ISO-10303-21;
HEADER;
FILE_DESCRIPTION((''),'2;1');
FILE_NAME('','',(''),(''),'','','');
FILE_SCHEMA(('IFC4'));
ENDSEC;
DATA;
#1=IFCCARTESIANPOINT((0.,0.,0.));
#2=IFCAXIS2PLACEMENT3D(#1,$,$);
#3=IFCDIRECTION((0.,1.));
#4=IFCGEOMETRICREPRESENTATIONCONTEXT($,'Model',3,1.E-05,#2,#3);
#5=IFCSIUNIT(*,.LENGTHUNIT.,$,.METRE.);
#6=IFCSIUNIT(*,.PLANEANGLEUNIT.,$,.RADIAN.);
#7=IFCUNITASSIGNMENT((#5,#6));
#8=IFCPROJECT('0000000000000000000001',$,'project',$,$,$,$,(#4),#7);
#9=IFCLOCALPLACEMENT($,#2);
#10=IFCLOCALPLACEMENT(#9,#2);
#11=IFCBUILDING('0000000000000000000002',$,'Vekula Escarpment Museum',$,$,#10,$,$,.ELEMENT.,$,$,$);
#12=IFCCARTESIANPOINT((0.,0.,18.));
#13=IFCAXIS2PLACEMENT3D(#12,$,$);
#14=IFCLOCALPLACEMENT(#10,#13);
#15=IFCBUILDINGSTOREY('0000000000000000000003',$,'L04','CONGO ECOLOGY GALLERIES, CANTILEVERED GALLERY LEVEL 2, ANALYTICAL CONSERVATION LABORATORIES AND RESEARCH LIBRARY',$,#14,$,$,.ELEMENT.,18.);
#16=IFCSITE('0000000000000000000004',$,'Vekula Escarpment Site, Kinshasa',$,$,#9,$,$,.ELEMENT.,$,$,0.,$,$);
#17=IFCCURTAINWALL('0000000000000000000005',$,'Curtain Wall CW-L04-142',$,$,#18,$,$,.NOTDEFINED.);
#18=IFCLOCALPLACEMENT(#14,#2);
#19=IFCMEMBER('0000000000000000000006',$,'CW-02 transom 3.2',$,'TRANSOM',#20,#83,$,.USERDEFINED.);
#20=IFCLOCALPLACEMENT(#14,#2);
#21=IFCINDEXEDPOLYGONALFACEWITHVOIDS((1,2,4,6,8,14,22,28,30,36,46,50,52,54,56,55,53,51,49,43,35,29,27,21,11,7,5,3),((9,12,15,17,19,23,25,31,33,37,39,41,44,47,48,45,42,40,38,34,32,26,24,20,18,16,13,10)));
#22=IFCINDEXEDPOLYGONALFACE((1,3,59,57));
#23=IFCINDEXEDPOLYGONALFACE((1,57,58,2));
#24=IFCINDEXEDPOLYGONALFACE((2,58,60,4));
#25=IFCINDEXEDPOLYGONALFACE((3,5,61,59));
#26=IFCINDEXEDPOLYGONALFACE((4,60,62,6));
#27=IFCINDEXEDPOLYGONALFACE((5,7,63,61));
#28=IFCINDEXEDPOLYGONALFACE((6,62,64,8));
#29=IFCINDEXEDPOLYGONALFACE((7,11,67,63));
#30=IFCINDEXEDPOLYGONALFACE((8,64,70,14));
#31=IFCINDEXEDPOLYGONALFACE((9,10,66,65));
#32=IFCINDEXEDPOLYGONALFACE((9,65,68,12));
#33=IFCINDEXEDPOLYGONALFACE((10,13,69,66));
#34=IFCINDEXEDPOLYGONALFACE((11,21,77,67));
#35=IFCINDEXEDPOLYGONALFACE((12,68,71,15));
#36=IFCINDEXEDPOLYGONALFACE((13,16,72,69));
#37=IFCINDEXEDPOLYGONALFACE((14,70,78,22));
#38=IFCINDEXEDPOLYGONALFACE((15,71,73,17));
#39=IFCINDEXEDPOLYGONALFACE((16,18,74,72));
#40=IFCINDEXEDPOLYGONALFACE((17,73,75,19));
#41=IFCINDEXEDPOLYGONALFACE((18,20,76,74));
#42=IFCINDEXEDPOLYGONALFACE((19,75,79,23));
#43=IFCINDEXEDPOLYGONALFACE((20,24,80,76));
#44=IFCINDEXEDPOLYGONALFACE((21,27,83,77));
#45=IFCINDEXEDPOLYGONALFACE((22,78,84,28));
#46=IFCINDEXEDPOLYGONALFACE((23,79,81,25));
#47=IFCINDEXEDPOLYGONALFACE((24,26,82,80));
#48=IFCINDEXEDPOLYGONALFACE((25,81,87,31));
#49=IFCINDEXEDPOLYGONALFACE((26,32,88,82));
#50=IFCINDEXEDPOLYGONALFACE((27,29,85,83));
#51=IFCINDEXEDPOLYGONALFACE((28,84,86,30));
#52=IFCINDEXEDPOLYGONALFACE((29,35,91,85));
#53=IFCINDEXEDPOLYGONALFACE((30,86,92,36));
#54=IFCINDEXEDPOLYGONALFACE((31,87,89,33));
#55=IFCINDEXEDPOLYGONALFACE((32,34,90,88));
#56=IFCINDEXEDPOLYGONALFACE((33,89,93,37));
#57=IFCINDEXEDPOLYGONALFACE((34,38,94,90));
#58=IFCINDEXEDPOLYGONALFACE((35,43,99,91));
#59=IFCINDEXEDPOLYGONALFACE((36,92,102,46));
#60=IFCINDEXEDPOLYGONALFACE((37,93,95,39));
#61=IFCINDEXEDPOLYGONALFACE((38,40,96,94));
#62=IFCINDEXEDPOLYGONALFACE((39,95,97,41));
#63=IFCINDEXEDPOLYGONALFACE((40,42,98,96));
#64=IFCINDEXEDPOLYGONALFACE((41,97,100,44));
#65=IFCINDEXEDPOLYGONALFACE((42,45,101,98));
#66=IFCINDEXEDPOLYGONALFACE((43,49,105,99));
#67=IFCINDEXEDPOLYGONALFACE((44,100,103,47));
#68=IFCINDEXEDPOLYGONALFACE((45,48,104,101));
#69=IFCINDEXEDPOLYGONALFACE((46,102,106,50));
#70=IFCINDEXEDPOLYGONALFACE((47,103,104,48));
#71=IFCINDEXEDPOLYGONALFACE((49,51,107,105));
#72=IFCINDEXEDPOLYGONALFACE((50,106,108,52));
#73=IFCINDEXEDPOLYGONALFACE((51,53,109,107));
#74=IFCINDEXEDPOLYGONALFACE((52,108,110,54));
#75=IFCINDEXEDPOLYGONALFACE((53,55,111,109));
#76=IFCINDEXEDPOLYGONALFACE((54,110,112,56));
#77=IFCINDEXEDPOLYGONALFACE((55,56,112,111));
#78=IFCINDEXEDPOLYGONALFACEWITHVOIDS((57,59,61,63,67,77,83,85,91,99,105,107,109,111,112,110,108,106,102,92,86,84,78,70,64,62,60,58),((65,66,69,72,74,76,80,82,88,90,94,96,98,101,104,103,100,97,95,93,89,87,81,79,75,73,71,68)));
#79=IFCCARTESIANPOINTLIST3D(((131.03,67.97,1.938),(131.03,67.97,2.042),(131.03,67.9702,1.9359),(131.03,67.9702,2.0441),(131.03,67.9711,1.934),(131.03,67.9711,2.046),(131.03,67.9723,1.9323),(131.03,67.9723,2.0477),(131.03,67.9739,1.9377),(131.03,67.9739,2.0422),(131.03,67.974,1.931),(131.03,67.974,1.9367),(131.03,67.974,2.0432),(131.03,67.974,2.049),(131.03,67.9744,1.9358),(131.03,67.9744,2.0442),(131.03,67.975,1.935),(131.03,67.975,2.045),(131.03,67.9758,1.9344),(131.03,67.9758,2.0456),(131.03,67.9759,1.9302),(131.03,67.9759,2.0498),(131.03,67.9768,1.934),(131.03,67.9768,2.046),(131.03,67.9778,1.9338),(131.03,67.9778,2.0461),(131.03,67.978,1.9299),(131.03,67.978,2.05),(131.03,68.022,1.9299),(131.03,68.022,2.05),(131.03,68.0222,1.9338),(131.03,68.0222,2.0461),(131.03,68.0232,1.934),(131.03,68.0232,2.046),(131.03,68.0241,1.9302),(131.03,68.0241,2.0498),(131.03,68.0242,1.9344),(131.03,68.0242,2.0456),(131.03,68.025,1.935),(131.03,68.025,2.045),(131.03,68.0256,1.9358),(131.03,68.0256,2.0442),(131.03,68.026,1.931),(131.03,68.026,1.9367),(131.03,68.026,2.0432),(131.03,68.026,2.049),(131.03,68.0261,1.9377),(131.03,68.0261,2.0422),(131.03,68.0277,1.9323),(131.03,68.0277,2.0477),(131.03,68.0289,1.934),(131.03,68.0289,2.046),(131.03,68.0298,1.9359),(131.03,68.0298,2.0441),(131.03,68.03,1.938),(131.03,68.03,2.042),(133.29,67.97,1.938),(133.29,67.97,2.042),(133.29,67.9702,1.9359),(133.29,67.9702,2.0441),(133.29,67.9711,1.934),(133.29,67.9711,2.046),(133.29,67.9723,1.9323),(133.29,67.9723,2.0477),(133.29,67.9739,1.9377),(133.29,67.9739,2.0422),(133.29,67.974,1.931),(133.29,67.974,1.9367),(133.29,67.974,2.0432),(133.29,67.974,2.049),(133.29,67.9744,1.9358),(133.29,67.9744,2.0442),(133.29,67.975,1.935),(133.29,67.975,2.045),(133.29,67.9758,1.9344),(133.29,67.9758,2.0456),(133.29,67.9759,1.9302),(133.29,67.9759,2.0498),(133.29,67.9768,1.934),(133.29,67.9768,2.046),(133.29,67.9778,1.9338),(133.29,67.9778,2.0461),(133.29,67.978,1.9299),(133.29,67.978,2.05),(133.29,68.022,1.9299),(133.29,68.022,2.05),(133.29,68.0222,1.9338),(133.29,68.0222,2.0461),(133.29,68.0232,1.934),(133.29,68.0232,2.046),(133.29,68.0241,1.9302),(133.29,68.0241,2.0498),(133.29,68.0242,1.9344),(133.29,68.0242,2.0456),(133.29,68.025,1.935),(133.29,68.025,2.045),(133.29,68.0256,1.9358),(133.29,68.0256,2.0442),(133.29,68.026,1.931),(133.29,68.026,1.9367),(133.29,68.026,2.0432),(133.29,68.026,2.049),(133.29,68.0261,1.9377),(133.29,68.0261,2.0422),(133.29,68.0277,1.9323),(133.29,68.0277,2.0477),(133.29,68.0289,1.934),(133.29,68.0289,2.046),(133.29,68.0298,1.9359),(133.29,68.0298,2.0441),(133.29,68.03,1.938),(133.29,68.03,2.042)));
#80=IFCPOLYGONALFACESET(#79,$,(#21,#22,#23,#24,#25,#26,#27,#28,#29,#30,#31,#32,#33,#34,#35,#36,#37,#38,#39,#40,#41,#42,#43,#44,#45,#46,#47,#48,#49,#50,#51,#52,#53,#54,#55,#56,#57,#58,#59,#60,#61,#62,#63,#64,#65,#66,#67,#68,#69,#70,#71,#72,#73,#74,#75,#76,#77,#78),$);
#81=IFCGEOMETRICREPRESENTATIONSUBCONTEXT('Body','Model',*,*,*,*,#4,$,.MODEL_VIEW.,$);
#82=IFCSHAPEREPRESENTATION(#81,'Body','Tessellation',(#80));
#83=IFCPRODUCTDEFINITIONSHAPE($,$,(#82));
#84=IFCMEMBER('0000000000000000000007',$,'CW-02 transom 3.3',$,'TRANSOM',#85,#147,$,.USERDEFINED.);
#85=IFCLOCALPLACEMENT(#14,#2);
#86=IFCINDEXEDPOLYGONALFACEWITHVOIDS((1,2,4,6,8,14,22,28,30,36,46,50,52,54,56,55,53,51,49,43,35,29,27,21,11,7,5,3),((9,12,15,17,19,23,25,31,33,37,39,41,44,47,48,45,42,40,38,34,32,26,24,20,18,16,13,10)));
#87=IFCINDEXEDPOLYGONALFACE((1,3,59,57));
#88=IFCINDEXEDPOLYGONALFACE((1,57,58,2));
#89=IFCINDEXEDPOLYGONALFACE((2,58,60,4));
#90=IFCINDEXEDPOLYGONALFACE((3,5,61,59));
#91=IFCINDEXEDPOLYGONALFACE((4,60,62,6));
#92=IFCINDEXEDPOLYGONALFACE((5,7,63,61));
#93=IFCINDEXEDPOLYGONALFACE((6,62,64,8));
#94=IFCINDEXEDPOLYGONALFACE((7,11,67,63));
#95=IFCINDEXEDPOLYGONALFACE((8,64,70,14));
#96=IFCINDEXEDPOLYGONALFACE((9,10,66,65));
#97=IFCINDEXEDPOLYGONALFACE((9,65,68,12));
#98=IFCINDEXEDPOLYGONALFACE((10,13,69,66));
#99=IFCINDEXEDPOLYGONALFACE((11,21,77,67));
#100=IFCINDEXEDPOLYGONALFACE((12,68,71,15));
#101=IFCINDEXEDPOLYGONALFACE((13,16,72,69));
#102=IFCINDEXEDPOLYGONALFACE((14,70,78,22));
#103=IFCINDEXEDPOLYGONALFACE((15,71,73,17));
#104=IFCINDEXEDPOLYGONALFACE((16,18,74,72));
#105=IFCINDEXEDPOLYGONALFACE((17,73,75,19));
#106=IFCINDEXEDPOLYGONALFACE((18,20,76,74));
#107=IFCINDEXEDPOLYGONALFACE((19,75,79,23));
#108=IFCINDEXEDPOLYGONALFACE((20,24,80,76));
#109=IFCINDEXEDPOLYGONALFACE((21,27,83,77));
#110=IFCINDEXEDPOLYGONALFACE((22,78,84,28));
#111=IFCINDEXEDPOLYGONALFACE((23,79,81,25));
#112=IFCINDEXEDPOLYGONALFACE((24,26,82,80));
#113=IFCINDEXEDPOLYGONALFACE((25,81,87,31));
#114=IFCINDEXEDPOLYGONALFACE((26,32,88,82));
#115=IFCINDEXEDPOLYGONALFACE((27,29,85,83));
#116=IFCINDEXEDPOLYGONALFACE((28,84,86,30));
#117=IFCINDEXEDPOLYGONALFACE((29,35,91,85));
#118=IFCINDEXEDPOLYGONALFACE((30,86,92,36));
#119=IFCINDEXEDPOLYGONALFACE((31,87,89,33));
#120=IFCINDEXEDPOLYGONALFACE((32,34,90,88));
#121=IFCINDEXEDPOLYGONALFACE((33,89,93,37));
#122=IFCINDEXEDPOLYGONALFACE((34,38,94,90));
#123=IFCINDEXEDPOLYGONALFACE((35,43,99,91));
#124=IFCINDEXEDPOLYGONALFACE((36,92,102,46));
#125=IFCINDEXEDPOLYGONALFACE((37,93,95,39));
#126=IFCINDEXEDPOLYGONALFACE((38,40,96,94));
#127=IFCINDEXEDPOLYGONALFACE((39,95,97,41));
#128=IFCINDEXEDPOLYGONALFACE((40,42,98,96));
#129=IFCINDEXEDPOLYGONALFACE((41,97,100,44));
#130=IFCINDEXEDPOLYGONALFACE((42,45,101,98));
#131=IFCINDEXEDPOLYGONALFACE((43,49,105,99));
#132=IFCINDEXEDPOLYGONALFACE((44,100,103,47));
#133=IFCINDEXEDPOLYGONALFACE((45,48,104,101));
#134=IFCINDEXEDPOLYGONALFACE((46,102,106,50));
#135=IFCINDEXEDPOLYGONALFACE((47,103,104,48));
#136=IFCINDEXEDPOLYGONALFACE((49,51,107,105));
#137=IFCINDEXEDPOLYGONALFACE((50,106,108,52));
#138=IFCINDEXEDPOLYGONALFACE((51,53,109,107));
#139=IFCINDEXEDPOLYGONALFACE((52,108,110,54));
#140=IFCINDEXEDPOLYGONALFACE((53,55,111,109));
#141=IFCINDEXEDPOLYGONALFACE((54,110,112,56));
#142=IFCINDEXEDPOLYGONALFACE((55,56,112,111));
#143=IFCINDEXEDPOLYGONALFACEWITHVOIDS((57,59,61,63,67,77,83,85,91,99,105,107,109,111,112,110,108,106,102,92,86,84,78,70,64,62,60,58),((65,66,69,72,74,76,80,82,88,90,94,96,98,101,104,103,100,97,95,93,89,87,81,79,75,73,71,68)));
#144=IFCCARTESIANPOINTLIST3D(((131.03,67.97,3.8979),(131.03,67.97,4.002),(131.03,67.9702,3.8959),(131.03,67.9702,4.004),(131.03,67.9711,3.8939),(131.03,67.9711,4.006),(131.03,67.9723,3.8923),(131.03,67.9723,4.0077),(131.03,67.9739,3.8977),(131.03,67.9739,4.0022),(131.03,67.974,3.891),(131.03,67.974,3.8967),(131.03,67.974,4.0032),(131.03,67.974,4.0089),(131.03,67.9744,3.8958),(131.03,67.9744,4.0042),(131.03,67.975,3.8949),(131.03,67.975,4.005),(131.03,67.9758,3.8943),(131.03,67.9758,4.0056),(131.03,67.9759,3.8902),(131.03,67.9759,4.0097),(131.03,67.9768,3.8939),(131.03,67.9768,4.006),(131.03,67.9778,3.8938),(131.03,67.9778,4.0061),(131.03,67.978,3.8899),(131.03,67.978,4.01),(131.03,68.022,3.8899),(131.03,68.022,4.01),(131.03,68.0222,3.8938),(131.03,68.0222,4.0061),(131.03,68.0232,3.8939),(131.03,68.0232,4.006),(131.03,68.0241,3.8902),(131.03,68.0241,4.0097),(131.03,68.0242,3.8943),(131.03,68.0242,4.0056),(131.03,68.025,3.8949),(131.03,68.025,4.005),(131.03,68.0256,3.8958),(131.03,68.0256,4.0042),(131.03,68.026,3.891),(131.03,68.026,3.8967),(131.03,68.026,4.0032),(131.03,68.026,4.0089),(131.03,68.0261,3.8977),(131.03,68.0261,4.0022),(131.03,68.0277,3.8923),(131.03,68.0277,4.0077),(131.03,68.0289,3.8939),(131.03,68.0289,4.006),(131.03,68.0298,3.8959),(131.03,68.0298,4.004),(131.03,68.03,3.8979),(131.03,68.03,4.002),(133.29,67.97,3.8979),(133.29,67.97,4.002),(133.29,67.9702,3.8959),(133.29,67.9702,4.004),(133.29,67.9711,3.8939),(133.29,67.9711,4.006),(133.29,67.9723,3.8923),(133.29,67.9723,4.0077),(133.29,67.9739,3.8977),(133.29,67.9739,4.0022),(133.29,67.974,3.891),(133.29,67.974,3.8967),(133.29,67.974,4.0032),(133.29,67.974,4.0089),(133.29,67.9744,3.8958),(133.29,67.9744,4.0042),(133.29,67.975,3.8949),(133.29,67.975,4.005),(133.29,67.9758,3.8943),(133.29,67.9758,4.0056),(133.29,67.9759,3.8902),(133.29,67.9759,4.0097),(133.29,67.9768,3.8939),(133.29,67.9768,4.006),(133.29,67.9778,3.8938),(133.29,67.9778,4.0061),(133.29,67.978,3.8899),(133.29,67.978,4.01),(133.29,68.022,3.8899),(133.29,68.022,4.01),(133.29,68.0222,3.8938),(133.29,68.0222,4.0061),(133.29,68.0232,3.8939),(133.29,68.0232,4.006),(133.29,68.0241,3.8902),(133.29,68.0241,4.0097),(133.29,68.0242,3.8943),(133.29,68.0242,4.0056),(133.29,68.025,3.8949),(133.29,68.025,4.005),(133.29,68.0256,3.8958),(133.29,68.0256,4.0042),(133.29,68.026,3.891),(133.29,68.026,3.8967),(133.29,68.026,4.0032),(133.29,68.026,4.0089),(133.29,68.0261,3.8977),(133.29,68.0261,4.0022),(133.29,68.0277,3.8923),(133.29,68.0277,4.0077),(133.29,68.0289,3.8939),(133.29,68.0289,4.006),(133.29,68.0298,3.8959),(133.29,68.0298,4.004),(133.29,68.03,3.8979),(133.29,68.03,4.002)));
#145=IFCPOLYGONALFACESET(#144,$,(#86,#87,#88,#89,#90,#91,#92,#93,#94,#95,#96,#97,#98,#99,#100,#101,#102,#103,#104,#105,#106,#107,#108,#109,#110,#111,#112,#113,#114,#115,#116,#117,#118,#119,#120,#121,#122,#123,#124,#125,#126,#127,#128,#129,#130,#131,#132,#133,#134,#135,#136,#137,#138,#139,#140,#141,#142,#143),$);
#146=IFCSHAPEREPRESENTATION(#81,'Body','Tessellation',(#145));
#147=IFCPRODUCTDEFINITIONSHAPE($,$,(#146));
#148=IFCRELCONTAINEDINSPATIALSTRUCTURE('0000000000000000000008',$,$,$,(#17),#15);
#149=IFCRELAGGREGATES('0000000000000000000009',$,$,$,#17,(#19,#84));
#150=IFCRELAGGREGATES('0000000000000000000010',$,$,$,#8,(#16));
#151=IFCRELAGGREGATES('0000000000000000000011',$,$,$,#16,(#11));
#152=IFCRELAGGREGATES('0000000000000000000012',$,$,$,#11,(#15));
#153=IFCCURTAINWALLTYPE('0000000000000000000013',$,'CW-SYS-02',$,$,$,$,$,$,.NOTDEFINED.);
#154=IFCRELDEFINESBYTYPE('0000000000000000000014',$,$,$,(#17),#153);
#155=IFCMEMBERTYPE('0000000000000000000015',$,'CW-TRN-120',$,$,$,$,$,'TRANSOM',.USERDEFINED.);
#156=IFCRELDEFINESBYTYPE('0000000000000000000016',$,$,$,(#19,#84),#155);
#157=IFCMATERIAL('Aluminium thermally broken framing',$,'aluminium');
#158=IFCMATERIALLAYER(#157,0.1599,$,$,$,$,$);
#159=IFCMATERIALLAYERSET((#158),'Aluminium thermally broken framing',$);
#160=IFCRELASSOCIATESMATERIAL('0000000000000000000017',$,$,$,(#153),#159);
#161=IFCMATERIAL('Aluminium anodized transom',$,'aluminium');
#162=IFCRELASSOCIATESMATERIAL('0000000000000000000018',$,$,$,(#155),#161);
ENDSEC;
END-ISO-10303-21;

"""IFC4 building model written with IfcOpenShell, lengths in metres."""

from ifc_helpers import new_model, si_unit, direction, frame, origin, origin_2d, place, context, subcontext, project, spatial, hollow_rectangle, extrude, material, layer, layer_set, material_profile, profile_set, type_object, element, aggregate, save


model = new_model("IFC4")

# Units and contexts
model_context = context("Model", 3, precision=1e-05, world=origin(), true_north=direction((0.0, 1.0)))
body_context = subcontext(model_context, "Body", "Model", "MODEL_VIEW")
ifc_project = project(units=[si_unit("LENGTHUNIT", "METRE"), si_unit("PLANEANGLEUNIT", "RADIAN")], contexts=[model_context])

# Site, building, storey
site_placement = place(None, origin())
site = spatial("IfcSite", under=ifc_project, at=site_placement, Name="Vekula Escarpment Site, Kinshasa", CompositionType="ELEMENT", RefElevation=0.0)
building_placement = place(site_placement, origin())
building = spatial("IfcBuilding", under=site, at=building_placement, Name="Vekula Escarpment Museum", CompositionType="ELEMENT")
storey_placement = place(building_placement, frame((0.0, 0.0, 18.0)))
storey = spatial("IfcBuildingStorey", under=building, at=storey_placement, Name="L04", Description="CONGO ECOLOGY GALLERIES, CANTILEVERED GALLERY LEVEL 2, ANALYTICAL CONSERVATION LABORATORIES AND RESEARCH LIBRARY", CompositionType="ELEMENT", Elevation=18.0)

# Curtain wall, members
ifc_material_1 = material(Name="Aluminium thermally broken framing", Category="aluminium")
ifc_layer_1 = layer(ifc_material_1, 0.1599)
ifc_layer_set_1 = layer_set([ifc_layer_1], Name="Aluminium thermally broken framing")
curtain_wall_type = type_object("IfcCurtainWallType", Name="CW-SYS-02", PredefinedType="NOTDEFINED", material=ifc_layer_set_1)
curtain_wall_placement = place(storey_placement, origin())
curtain_wall = element("IfcCurtainWall", 1, at=curtain_wall_placement, inside=storey, type_object=curtain_wall_type, Name="Curtain Wall CW-L04-142", PredefinedType="NOTDEFINED")
ifc_material_2 = material(Name="Aluminium anodized transom", Category="aluminium")
ifc_material_profile_1 = material_profile(ifc_material_2, hollow_rectangle(XDim=0.0601, YDim=0.1201, WallThickness=0.0039, InnerFilletRadius=0.0039, OuterFilletRadius=0.0081, at=origin_2d()), Name="ALU 120x60x4")
ifc_profile_set_1 = profile_set([ifc_material_profile_1], Name="Aluminium anodized transom")
member_type_1 = type_object("IfcMemberType", Name="CW-TRN-120", ElementType="TRANSOM", PredefinedType="USERDEFINED", material=ifc_profile_set_1)
member_1_placement = place(storey_placement, frame((131.03, 68.0, 1.99), z_axis=(1.0, 0.0, 0.0), x_axis=(0.0, 1.0, 0.0)))
member_1 = element("IfcMember", 2, at=member_1_placement, type_object=member_type_1, Name="CW-02 transom 3.2", ObjectType="TRANSOM", PredefinedType="USERDEFINED", context=body_context, shape_type="SweptSolid", body=[
    extrude(hollow_rectangle(XDim=0.0601, YDim=0.1201, WallThickness=0.0039, InnerFilletRadius=0.0039, OuterFilletRadius=0.0081, at=origin_2d()), origin(), (0.0, 0.0, 1.0), 2.26),
])
member_2_placement = place(storey_placement, frame((131.03, 68.0, 3.95), z_axis=(1.0, 0.0, 0.0), x_axis=(0.0, 1.0, 0.0)))
member_2 = element("IfcMember", 3, at=member_2_placement, type_object=member_type_1, Name="CW-02 transom 3.3", ObjectType="TRANSOM", PredefinedType="USERDEFINED", context=body_context, shape_type="SweptSolid", body=[
    extrude(hollow_rectangle(XDim=0.0601, YDim=0.1201, WallThickness=0.0039, InnerFilletRadius=0.0039, OuterFilletRadius=0.0081, at=origin_2d()), origin(), (0.0, 0.0, 1.0), 2.26),
])

aggregate(curtain_wall, [member_1, member_2])

save(model, "model.ifc")
